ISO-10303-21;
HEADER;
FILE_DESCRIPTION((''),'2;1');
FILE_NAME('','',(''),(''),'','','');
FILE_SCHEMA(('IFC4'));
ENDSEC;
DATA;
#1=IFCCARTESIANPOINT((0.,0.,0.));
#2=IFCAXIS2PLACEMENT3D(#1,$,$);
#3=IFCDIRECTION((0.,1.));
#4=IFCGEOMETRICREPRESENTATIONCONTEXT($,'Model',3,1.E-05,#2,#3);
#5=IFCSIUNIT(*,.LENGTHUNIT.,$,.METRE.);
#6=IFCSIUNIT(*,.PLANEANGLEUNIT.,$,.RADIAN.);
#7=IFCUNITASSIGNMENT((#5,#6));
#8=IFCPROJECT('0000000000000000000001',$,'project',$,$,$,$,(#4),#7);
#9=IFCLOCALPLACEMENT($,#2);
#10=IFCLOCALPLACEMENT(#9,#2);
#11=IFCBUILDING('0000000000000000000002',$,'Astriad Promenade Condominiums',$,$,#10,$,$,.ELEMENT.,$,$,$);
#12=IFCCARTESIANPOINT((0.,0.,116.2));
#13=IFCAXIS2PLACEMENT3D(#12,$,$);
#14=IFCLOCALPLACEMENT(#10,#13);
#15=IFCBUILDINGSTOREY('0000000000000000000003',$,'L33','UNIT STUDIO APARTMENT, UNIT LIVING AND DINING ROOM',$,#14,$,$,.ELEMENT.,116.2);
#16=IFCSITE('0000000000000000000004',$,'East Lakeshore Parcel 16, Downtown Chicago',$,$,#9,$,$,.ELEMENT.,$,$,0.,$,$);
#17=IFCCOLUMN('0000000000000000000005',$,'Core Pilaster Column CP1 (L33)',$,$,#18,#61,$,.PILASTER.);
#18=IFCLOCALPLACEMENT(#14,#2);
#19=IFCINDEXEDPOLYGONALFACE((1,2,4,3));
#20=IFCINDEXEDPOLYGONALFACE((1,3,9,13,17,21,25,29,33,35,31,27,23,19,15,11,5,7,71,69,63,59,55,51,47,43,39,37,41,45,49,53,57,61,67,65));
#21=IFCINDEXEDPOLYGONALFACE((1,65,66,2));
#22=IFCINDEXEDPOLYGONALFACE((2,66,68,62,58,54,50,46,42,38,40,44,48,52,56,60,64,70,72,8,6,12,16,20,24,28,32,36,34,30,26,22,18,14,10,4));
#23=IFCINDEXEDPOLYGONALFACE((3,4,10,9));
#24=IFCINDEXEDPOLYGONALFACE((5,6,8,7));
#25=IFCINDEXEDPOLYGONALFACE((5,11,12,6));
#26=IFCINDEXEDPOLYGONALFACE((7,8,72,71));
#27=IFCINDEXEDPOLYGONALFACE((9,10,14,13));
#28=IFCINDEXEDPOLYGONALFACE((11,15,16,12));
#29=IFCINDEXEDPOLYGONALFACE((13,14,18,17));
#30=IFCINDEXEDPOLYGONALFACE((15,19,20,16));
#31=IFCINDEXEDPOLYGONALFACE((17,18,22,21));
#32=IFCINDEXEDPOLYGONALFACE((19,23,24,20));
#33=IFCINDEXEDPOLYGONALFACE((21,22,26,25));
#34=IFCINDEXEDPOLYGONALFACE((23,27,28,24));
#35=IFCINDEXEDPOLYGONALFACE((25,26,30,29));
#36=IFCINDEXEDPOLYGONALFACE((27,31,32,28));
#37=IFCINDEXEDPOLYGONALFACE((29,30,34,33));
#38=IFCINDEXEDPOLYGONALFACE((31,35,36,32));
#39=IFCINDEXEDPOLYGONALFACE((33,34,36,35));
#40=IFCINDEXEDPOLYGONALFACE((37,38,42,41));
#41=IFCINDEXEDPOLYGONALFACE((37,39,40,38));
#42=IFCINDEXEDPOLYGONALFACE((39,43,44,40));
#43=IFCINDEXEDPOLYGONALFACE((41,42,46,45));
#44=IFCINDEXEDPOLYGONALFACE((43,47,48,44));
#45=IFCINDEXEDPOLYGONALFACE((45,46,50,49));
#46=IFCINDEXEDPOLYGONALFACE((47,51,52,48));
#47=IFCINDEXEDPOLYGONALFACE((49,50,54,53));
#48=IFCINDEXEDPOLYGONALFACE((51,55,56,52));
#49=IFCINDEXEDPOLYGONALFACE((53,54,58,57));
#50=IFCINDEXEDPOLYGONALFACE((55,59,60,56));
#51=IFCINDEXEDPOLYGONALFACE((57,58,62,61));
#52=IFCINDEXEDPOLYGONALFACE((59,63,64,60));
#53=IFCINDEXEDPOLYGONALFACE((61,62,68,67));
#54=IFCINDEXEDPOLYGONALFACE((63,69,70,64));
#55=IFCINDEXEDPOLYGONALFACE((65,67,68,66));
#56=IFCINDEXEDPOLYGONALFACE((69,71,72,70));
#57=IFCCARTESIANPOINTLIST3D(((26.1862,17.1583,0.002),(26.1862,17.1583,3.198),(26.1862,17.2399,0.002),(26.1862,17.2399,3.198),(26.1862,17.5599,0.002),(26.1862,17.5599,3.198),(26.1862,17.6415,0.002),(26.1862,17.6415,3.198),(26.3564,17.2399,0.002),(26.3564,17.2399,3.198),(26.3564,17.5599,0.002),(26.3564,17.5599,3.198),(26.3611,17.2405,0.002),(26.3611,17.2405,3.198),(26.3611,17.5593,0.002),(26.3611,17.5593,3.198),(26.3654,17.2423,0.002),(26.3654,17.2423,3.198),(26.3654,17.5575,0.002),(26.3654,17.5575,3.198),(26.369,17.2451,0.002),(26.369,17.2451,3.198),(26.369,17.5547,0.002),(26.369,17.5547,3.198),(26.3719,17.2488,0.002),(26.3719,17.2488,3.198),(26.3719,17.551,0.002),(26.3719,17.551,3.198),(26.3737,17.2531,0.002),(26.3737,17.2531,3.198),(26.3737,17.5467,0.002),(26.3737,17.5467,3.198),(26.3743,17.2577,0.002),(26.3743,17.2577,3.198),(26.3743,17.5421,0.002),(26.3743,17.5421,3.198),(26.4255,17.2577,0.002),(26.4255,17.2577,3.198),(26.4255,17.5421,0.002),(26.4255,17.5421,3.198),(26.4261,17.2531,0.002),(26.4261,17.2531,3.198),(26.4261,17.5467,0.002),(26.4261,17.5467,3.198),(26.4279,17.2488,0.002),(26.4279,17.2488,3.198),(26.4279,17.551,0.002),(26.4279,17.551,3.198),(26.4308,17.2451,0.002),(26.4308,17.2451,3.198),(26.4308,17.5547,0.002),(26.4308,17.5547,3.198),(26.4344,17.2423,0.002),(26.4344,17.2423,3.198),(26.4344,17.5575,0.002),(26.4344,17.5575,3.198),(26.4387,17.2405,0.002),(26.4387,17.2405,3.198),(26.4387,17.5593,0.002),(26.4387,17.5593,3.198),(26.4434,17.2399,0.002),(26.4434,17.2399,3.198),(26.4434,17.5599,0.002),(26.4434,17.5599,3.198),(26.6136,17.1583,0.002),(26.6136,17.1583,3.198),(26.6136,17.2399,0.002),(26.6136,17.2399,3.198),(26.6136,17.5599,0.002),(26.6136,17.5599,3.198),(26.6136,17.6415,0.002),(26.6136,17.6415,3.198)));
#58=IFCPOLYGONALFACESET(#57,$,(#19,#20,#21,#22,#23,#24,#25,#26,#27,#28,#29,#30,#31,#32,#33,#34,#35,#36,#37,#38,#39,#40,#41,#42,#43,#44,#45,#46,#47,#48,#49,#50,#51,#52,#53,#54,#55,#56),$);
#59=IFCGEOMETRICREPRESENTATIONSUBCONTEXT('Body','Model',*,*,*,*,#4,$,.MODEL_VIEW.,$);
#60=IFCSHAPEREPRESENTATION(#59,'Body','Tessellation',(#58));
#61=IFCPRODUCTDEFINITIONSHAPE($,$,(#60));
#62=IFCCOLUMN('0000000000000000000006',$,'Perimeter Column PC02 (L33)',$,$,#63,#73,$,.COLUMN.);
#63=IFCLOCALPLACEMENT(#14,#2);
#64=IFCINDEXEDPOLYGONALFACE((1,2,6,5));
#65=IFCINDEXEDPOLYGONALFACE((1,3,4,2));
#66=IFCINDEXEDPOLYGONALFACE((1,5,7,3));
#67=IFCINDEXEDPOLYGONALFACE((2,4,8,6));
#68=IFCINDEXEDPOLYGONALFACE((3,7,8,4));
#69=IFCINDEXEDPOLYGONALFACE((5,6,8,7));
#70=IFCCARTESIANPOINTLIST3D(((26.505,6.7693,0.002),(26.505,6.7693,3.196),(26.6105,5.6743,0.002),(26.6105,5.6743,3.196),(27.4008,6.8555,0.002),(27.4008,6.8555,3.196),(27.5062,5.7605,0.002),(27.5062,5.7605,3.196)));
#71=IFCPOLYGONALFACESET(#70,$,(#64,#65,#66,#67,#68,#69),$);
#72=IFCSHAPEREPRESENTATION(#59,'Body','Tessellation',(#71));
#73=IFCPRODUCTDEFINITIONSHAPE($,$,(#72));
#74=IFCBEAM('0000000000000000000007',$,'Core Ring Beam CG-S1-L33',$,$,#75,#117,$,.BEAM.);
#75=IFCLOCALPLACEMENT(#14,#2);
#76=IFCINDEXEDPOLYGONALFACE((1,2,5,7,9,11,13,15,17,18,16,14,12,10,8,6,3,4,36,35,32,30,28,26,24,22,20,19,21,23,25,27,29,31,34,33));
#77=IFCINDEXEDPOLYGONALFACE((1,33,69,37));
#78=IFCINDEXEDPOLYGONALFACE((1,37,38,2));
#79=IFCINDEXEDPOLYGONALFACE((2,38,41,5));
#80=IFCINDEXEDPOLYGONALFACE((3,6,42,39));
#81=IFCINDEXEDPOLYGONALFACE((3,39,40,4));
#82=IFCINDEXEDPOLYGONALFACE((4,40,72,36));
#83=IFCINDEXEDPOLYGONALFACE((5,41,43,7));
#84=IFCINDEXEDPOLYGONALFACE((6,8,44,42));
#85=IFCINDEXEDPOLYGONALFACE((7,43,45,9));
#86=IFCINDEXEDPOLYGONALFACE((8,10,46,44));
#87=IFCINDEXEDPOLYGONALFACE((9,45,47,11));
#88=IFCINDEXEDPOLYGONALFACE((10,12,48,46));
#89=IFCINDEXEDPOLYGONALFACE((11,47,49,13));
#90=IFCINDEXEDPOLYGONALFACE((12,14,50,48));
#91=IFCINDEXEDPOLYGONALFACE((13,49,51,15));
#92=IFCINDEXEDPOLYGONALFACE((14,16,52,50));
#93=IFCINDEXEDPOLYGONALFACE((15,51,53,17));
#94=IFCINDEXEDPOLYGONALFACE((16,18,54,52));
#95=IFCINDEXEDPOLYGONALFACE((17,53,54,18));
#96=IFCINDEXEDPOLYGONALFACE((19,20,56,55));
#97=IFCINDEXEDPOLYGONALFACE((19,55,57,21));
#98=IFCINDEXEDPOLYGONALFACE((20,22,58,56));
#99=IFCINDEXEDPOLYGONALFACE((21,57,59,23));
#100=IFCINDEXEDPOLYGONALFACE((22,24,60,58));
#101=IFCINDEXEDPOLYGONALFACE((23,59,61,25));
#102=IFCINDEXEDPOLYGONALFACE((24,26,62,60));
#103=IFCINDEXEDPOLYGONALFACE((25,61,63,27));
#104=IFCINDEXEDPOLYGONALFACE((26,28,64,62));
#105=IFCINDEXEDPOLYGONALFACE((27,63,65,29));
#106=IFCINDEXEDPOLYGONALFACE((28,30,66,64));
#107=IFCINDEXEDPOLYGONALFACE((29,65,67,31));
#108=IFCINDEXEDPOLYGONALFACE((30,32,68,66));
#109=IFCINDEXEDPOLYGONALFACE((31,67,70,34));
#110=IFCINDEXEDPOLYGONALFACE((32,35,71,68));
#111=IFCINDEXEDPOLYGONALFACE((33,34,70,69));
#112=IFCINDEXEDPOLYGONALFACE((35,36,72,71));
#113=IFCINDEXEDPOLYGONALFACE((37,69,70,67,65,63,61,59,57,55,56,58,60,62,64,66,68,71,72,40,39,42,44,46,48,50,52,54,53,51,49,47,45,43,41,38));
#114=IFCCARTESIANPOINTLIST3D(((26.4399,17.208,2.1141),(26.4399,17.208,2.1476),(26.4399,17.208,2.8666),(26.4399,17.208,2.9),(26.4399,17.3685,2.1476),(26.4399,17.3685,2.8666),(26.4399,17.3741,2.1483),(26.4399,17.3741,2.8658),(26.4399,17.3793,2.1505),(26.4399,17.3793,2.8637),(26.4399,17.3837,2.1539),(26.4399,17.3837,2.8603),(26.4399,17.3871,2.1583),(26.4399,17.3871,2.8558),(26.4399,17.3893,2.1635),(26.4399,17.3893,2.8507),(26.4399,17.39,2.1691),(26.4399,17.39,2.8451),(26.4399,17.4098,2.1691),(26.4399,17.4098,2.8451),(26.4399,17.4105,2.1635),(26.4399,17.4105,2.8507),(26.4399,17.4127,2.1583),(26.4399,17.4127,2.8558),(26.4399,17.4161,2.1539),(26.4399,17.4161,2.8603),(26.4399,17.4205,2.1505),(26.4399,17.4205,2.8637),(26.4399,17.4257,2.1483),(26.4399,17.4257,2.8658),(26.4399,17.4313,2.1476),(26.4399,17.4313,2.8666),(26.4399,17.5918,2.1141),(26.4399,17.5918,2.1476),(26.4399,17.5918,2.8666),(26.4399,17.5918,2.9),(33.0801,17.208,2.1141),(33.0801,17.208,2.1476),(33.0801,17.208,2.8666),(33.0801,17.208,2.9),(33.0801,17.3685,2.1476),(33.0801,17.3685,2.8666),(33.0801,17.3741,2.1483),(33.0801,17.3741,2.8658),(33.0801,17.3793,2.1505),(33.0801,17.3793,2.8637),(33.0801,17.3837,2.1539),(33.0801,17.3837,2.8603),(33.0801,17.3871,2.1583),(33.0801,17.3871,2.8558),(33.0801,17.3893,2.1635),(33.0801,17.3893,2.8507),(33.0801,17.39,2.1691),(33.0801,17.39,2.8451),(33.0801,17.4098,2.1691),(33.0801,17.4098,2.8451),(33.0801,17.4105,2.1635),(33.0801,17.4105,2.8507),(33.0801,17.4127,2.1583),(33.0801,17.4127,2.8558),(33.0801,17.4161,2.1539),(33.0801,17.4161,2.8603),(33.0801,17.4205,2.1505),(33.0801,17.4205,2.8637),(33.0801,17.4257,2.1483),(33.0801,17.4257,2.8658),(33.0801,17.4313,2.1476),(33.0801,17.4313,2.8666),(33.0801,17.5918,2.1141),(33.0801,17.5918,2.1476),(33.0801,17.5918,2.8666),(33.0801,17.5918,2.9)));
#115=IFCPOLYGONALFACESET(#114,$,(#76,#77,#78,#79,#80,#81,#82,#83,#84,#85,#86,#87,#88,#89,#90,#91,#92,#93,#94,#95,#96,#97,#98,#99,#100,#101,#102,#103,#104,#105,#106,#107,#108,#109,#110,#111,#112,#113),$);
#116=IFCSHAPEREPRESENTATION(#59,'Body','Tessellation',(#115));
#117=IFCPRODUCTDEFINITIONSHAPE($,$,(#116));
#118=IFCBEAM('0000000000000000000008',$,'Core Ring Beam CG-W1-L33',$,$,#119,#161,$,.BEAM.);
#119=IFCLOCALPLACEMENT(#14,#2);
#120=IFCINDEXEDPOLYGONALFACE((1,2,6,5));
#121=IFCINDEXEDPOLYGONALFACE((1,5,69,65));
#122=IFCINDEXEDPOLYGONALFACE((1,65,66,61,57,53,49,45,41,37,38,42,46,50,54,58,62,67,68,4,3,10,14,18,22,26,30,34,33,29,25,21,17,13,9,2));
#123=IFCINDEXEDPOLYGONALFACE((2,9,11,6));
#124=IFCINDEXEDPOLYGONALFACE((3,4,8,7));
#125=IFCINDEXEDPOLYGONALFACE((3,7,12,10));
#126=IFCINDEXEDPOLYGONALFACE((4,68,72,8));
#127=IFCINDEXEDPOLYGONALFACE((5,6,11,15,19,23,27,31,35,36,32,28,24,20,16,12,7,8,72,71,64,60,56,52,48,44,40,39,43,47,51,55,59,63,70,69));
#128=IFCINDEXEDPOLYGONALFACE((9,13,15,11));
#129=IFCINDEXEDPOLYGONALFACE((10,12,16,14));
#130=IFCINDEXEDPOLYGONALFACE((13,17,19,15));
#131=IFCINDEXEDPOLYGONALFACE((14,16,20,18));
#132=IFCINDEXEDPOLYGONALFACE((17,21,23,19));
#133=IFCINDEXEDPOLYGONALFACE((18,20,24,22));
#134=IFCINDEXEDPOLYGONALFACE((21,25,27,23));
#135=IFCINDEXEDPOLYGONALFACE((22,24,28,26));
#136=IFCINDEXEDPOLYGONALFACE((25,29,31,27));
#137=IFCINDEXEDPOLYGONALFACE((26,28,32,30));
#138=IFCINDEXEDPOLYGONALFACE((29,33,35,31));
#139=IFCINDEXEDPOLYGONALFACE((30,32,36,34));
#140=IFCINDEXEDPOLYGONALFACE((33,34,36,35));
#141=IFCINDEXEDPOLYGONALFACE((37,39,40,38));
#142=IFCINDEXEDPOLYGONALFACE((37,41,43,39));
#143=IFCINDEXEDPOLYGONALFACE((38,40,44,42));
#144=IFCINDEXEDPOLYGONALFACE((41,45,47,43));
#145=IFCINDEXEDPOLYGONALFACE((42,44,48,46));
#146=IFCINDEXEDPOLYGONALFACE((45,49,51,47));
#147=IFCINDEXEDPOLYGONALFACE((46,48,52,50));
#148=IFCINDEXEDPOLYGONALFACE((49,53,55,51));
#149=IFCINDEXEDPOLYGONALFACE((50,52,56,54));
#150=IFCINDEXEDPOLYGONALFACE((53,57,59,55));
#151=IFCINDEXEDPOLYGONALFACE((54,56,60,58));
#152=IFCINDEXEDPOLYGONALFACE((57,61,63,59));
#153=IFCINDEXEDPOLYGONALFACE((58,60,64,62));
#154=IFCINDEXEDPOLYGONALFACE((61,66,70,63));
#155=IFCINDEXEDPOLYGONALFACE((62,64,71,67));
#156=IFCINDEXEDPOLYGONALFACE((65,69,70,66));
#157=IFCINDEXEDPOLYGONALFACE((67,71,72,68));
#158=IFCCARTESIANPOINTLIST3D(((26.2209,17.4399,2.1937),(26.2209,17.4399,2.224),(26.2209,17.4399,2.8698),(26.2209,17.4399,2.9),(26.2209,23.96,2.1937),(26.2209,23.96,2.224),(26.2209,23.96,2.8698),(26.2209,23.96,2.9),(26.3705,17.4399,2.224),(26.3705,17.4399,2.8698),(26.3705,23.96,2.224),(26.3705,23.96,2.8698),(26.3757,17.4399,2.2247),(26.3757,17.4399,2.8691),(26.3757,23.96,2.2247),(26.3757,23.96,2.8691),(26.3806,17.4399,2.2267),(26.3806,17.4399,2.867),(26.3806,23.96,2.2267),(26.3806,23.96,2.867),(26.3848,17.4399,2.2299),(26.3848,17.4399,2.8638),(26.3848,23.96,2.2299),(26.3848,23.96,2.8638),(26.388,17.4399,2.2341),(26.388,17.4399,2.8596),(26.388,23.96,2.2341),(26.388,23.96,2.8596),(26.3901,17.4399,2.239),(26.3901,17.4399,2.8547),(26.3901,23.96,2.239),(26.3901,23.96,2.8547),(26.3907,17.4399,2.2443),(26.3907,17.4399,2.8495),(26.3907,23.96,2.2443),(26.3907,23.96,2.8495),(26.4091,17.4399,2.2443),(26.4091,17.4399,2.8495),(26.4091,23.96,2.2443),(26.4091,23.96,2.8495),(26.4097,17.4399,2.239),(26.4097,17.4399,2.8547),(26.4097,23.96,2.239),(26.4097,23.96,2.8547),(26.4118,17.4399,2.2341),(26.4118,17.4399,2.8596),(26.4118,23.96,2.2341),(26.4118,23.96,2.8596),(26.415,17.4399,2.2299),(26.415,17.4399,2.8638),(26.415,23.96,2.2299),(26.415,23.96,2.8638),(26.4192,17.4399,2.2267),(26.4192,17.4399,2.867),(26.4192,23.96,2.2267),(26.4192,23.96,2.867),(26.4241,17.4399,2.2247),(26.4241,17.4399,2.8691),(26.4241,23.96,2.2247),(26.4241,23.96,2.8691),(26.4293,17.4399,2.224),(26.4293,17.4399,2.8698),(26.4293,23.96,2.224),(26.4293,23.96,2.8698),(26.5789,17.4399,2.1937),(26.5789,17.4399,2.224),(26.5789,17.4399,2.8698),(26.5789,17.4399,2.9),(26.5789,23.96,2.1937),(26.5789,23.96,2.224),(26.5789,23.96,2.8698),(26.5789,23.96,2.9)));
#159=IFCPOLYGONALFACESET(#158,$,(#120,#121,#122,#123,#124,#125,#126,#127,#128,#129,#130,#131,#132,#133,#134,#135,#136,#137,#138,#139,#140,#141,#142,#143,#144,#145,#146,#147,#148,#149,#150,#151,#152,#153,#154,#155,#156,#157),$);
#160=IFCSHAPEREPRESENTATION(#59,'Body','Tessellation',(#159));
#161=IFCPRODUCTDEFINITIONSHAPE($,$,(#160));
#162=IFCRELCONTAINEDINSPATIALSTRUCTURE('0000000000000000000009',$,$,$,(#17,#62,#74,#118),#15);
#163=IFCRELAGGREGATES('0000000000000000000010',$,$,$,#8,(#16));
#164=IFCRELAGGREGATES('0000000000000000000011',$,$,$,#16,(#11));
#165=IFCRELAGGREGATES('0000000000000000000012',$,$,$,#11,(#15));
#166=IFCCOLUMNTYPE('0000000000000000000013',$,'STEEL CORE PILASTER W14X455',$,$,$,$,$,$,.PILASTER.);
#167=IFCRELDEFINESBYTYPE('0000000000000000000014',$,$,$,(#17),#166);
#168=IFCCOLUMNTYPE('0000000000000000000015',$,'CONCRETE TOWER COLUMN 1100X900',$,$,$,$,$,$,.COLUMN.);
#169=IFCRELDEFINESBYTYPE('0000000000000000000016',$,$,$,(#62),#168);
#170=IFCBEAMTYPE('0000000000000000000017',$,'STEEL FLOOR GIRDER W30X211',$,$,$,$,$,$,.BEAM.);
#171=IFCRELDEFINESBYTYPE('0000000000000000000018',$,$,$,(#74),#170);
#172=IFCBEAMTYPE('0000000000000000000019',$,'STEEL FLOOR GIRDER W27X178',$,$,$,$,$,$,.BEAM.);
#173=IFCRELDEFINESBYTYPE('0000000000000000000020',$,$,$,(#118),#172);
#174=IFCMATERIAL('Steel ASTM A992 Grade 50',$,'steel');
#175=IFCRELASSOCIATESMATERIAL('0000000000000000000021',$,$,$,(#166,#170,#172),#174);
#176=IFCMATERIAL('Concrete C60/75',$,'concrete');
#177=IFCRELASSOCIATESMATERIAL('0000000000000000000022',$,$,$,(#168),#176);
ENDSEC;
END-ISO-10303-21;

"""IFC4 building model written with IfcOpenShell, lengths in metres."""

from ifc_helpers import new_model, si_unit, direction, frame, origin, origin_2d, place, context, subcontext, project, spatial, rectangle, i_section, extrude, source, transform, mapped, material, material_profile, profile_set, type_object, type_shapes, element, save


model = new_model("IFC4")

# Units and contexts
model_context = context("Model", 3, precision=1e-05, world=origin(), true_north=direction((0.0, 1.0)))
body_context = subcontext(model_context, "Body", "Model", "MODEL_VIEW")
ifc_project = project(units=[si_unit("LENGTHUNIT", "METRE"), si_unit("PLANEANGLEUNIT", "RADIAN")], contexts=[model_context])

# Site, building, storey
site_placement = place(None, origin())
site = spatial("IfcSite", under=ifc_project, at=site_placement, Name="East Lakeshore Parcel 16, Downtown Chicago", CompositionType="ELEMENT", RefElevation=0.0)
building_placement = place(site_placement, origin())
building = spatial("IfcBuilding", under=site, at=building_placement, Name="Astriad Promenade Condominiums", CompositionType="ELEMENT")
storey_placement = place(building_placement, frame((0.0, 0.0, 116.2)))
storey = spatial("IfcBuildingStorey", under=building, at=storey_placement, Name="L33", Description="UNIT STUDIO APARTMENT, UNIT LIVING AND DINING ROOM", CompositionType="ELEMENT", Elevation=116.2)

# Columns
ifc_material_1 = material(Name="Steel ASTM A992 Grade 50", Category="steel")
ifc_material_profile_1 = material_profile(ifc_material_1, i_section(OverallWidth=0.4275, OverallDepth=0.4832, WebThickness=0.0513, FlangeThickness=0.0815, FilletRadius=0.0178, at=origin_2d()), Name="W14X455")
ifc_profile_set_1 = profile_set([ifc_material_profile_1], Name="Steel ASTM A992 Grade 50")
column_type_1 = type_object("IfcColumnType", Name="STEEL CORE PILASTER W14X455", PredefinedType="PILASTER", material=ifc_profile_set_1)
shared_shape_1 = source(origin(), body_context, "Body", "SweptSolid", [
    extrude(i_section(OverallWidth=0.4275, OverallDepth=0.4832, WebThickness=0.0513, FlangeThickness=0.0815, FilletRadius=0.0178, at=origin_2d()), origin(), (0.0, 0.0, 1.0), 3.196),
])
type_shapes(column_type_1, [shared_shape_1])
column_1_placement = place(storey_placement, frame((26.3999, 17.3999, 0.002), z_axis=(0.0, 0.0, 1.0), x_axis=(1.0, 0.0, 0.0)))
element("IfcColumn", 1, at=column_1_placement, inside=storey, type_object=column_type_1, Name="Core Pilaster Column CP1 (L33)", PredefinedType="PILASTER", context=body_context, shape_type="MappedRepresentation", body=[
    mapped(shared_shape_1, transform((0.0, 0.0, 0.0), scale=1.0)),
])
ifc_material_2 = material(Name="Concrete C60/75", Category="concrete")
ifc_material_profile_2 = material_profile(ifc_material_2, rectangle(XDim=0.8999, YDim=1.1001, at=origin_2d()), Name="RC-COL-1100X900")
ifc_profile_set_2 = profile_set([ifc_material_profile_2], Name="Concrete C60/75")
column_type_2 = type_object("IfcColumnType", Name="CONCRETE TOWER COLUMN 1100X900", PredefinedType="COLUMN", material=ifc_profile_set_2)
shared_shape_2 = source(origin(), body_context, "Body", "SweptSolid", [
    extrude(rectangle(XDim=0.8999, YDim=1.1001, at=origin_2d()), origin(), (0.0, 0.0, 1.0), 3.1941),
])
type_shapes(column_type_2, [shared_shape_2])
column_2_placement = place(storey_placement, frame((27.0056, 6.2649, 0.002), z_axis=(0.0, 0.0, 1.0), x_axis=(0.995396, 0.095846, 0.0)))
element("IfcColumn", 2, at=column_2_placement, inside=storey, type_object=column_type_2, Name="Perimeter Column PC02 (L33)", PredefinedType="COLUMN", context=body_context, shape_type="MappedRepresentation", body=[
    mapped(shared_shape_2, transform((0.0, 0.0, 0.0), scale=1.0)),
])

# Beams
ifc_material_profile_3 = material_profile(ifc_material_1, i_section(OverallWidth=0.3838, OverallDepth=0.7859, WebThickness=0.0198, FlangeThickness=0.0334, FilletRadius=0.0215, at=origin_2d()), Name="W30X211")
ifc_profile_set_3 = profile_set([ifc_material_profile_3], Name="Steel ASTM A992 Grade 50")
beam_type_1 = type_object("IfcBeamType", Name="STEEL FLOOR GIRDER W30X211", PredefinedType="BEAM", material=ifc_profile_set_3)
shared_shape_3 = source(origin(), body_context, "Body", "SweptSolid", [
    extrude(i_section(OverallWidth=0.3838, OverallDepth=0.7859, WebThickness=0.0198, FlangeThickness=0.0334, FilletRadius=0.0215, at=origin_2d()), origin(), (0.0, 0.0, 1.0), 6.6401),
])
type_shapes(beam_type_1, [shared_shape_3])
beam_1_placement = place(storey_placement, frame((26.4399, 17.3999, 2.5071), z_axis=(1.0, 0.0, 0.0), x_axis=(0.0, 1.0, 0.0)))
element("IfcBeam", 3, at=beam_1_placement, inside=storey, type_object=beam_type_1, Name="Core Ring Beam CG-S1-L33", PredefinedType="BEAM", context=body_context, shape_type="MappedRepresentation", body=[
    mapped(shared_shape_3, transform((0.0, 0.0, 0.0), scale=1.0)),
])
ifc_material_profile_4 = material_profile(ifc_material_1, i_section(OverallWidth=0.3579, OverallDepth=0.7063, WebThickness=0.0183, FlangeThickness=0.0303, FilletRadius=0.0203, at=origin_2d()), Name="W27X178")
ifc_profile_set_4 = profile_set([ifc_material_profile_4], Name="Steel ASTM A992 Grade 50")
beam_type_2 = type_object("IfcBeamType", Name="STEEL FLOOR GIRDER W27X178", PredefinedType="BEAM", material=ifc_profile_set_4)
shared_shape_4 = source(origin(), body_context, "Body", "SweptSolid", [
    extrude(i_section(OverallWidth=0.3579, OverallDepth=0.7063, WebThickness=0.0183, FlangeThickness=0.0303, FilletRadius=0.0203, at=origin_2d()), origin(), (0.0, 0.0, 1.0), 6.52),
])
beam_2_placement = place(storey_placement, frame((26.3999, 17.4399, 2.5469), z_axis=(0.0, 1.0, 0.0), x_axis=(-1.0, 0.0, 0.0)))
element("IfcBeam", 4, at=beam_2_placement, inside=storey, type_object=beam_type_2, Name="Core Ring Beam CG-W1-L33", PredefinedType="BEAM", context=body_context, shape_type="MappedRepresentation", body=[
    mapped(shared_shape_4, transform((0.0, 0.0, 0.0), scale=1.0)),
])

save(model, "model.ifc")
